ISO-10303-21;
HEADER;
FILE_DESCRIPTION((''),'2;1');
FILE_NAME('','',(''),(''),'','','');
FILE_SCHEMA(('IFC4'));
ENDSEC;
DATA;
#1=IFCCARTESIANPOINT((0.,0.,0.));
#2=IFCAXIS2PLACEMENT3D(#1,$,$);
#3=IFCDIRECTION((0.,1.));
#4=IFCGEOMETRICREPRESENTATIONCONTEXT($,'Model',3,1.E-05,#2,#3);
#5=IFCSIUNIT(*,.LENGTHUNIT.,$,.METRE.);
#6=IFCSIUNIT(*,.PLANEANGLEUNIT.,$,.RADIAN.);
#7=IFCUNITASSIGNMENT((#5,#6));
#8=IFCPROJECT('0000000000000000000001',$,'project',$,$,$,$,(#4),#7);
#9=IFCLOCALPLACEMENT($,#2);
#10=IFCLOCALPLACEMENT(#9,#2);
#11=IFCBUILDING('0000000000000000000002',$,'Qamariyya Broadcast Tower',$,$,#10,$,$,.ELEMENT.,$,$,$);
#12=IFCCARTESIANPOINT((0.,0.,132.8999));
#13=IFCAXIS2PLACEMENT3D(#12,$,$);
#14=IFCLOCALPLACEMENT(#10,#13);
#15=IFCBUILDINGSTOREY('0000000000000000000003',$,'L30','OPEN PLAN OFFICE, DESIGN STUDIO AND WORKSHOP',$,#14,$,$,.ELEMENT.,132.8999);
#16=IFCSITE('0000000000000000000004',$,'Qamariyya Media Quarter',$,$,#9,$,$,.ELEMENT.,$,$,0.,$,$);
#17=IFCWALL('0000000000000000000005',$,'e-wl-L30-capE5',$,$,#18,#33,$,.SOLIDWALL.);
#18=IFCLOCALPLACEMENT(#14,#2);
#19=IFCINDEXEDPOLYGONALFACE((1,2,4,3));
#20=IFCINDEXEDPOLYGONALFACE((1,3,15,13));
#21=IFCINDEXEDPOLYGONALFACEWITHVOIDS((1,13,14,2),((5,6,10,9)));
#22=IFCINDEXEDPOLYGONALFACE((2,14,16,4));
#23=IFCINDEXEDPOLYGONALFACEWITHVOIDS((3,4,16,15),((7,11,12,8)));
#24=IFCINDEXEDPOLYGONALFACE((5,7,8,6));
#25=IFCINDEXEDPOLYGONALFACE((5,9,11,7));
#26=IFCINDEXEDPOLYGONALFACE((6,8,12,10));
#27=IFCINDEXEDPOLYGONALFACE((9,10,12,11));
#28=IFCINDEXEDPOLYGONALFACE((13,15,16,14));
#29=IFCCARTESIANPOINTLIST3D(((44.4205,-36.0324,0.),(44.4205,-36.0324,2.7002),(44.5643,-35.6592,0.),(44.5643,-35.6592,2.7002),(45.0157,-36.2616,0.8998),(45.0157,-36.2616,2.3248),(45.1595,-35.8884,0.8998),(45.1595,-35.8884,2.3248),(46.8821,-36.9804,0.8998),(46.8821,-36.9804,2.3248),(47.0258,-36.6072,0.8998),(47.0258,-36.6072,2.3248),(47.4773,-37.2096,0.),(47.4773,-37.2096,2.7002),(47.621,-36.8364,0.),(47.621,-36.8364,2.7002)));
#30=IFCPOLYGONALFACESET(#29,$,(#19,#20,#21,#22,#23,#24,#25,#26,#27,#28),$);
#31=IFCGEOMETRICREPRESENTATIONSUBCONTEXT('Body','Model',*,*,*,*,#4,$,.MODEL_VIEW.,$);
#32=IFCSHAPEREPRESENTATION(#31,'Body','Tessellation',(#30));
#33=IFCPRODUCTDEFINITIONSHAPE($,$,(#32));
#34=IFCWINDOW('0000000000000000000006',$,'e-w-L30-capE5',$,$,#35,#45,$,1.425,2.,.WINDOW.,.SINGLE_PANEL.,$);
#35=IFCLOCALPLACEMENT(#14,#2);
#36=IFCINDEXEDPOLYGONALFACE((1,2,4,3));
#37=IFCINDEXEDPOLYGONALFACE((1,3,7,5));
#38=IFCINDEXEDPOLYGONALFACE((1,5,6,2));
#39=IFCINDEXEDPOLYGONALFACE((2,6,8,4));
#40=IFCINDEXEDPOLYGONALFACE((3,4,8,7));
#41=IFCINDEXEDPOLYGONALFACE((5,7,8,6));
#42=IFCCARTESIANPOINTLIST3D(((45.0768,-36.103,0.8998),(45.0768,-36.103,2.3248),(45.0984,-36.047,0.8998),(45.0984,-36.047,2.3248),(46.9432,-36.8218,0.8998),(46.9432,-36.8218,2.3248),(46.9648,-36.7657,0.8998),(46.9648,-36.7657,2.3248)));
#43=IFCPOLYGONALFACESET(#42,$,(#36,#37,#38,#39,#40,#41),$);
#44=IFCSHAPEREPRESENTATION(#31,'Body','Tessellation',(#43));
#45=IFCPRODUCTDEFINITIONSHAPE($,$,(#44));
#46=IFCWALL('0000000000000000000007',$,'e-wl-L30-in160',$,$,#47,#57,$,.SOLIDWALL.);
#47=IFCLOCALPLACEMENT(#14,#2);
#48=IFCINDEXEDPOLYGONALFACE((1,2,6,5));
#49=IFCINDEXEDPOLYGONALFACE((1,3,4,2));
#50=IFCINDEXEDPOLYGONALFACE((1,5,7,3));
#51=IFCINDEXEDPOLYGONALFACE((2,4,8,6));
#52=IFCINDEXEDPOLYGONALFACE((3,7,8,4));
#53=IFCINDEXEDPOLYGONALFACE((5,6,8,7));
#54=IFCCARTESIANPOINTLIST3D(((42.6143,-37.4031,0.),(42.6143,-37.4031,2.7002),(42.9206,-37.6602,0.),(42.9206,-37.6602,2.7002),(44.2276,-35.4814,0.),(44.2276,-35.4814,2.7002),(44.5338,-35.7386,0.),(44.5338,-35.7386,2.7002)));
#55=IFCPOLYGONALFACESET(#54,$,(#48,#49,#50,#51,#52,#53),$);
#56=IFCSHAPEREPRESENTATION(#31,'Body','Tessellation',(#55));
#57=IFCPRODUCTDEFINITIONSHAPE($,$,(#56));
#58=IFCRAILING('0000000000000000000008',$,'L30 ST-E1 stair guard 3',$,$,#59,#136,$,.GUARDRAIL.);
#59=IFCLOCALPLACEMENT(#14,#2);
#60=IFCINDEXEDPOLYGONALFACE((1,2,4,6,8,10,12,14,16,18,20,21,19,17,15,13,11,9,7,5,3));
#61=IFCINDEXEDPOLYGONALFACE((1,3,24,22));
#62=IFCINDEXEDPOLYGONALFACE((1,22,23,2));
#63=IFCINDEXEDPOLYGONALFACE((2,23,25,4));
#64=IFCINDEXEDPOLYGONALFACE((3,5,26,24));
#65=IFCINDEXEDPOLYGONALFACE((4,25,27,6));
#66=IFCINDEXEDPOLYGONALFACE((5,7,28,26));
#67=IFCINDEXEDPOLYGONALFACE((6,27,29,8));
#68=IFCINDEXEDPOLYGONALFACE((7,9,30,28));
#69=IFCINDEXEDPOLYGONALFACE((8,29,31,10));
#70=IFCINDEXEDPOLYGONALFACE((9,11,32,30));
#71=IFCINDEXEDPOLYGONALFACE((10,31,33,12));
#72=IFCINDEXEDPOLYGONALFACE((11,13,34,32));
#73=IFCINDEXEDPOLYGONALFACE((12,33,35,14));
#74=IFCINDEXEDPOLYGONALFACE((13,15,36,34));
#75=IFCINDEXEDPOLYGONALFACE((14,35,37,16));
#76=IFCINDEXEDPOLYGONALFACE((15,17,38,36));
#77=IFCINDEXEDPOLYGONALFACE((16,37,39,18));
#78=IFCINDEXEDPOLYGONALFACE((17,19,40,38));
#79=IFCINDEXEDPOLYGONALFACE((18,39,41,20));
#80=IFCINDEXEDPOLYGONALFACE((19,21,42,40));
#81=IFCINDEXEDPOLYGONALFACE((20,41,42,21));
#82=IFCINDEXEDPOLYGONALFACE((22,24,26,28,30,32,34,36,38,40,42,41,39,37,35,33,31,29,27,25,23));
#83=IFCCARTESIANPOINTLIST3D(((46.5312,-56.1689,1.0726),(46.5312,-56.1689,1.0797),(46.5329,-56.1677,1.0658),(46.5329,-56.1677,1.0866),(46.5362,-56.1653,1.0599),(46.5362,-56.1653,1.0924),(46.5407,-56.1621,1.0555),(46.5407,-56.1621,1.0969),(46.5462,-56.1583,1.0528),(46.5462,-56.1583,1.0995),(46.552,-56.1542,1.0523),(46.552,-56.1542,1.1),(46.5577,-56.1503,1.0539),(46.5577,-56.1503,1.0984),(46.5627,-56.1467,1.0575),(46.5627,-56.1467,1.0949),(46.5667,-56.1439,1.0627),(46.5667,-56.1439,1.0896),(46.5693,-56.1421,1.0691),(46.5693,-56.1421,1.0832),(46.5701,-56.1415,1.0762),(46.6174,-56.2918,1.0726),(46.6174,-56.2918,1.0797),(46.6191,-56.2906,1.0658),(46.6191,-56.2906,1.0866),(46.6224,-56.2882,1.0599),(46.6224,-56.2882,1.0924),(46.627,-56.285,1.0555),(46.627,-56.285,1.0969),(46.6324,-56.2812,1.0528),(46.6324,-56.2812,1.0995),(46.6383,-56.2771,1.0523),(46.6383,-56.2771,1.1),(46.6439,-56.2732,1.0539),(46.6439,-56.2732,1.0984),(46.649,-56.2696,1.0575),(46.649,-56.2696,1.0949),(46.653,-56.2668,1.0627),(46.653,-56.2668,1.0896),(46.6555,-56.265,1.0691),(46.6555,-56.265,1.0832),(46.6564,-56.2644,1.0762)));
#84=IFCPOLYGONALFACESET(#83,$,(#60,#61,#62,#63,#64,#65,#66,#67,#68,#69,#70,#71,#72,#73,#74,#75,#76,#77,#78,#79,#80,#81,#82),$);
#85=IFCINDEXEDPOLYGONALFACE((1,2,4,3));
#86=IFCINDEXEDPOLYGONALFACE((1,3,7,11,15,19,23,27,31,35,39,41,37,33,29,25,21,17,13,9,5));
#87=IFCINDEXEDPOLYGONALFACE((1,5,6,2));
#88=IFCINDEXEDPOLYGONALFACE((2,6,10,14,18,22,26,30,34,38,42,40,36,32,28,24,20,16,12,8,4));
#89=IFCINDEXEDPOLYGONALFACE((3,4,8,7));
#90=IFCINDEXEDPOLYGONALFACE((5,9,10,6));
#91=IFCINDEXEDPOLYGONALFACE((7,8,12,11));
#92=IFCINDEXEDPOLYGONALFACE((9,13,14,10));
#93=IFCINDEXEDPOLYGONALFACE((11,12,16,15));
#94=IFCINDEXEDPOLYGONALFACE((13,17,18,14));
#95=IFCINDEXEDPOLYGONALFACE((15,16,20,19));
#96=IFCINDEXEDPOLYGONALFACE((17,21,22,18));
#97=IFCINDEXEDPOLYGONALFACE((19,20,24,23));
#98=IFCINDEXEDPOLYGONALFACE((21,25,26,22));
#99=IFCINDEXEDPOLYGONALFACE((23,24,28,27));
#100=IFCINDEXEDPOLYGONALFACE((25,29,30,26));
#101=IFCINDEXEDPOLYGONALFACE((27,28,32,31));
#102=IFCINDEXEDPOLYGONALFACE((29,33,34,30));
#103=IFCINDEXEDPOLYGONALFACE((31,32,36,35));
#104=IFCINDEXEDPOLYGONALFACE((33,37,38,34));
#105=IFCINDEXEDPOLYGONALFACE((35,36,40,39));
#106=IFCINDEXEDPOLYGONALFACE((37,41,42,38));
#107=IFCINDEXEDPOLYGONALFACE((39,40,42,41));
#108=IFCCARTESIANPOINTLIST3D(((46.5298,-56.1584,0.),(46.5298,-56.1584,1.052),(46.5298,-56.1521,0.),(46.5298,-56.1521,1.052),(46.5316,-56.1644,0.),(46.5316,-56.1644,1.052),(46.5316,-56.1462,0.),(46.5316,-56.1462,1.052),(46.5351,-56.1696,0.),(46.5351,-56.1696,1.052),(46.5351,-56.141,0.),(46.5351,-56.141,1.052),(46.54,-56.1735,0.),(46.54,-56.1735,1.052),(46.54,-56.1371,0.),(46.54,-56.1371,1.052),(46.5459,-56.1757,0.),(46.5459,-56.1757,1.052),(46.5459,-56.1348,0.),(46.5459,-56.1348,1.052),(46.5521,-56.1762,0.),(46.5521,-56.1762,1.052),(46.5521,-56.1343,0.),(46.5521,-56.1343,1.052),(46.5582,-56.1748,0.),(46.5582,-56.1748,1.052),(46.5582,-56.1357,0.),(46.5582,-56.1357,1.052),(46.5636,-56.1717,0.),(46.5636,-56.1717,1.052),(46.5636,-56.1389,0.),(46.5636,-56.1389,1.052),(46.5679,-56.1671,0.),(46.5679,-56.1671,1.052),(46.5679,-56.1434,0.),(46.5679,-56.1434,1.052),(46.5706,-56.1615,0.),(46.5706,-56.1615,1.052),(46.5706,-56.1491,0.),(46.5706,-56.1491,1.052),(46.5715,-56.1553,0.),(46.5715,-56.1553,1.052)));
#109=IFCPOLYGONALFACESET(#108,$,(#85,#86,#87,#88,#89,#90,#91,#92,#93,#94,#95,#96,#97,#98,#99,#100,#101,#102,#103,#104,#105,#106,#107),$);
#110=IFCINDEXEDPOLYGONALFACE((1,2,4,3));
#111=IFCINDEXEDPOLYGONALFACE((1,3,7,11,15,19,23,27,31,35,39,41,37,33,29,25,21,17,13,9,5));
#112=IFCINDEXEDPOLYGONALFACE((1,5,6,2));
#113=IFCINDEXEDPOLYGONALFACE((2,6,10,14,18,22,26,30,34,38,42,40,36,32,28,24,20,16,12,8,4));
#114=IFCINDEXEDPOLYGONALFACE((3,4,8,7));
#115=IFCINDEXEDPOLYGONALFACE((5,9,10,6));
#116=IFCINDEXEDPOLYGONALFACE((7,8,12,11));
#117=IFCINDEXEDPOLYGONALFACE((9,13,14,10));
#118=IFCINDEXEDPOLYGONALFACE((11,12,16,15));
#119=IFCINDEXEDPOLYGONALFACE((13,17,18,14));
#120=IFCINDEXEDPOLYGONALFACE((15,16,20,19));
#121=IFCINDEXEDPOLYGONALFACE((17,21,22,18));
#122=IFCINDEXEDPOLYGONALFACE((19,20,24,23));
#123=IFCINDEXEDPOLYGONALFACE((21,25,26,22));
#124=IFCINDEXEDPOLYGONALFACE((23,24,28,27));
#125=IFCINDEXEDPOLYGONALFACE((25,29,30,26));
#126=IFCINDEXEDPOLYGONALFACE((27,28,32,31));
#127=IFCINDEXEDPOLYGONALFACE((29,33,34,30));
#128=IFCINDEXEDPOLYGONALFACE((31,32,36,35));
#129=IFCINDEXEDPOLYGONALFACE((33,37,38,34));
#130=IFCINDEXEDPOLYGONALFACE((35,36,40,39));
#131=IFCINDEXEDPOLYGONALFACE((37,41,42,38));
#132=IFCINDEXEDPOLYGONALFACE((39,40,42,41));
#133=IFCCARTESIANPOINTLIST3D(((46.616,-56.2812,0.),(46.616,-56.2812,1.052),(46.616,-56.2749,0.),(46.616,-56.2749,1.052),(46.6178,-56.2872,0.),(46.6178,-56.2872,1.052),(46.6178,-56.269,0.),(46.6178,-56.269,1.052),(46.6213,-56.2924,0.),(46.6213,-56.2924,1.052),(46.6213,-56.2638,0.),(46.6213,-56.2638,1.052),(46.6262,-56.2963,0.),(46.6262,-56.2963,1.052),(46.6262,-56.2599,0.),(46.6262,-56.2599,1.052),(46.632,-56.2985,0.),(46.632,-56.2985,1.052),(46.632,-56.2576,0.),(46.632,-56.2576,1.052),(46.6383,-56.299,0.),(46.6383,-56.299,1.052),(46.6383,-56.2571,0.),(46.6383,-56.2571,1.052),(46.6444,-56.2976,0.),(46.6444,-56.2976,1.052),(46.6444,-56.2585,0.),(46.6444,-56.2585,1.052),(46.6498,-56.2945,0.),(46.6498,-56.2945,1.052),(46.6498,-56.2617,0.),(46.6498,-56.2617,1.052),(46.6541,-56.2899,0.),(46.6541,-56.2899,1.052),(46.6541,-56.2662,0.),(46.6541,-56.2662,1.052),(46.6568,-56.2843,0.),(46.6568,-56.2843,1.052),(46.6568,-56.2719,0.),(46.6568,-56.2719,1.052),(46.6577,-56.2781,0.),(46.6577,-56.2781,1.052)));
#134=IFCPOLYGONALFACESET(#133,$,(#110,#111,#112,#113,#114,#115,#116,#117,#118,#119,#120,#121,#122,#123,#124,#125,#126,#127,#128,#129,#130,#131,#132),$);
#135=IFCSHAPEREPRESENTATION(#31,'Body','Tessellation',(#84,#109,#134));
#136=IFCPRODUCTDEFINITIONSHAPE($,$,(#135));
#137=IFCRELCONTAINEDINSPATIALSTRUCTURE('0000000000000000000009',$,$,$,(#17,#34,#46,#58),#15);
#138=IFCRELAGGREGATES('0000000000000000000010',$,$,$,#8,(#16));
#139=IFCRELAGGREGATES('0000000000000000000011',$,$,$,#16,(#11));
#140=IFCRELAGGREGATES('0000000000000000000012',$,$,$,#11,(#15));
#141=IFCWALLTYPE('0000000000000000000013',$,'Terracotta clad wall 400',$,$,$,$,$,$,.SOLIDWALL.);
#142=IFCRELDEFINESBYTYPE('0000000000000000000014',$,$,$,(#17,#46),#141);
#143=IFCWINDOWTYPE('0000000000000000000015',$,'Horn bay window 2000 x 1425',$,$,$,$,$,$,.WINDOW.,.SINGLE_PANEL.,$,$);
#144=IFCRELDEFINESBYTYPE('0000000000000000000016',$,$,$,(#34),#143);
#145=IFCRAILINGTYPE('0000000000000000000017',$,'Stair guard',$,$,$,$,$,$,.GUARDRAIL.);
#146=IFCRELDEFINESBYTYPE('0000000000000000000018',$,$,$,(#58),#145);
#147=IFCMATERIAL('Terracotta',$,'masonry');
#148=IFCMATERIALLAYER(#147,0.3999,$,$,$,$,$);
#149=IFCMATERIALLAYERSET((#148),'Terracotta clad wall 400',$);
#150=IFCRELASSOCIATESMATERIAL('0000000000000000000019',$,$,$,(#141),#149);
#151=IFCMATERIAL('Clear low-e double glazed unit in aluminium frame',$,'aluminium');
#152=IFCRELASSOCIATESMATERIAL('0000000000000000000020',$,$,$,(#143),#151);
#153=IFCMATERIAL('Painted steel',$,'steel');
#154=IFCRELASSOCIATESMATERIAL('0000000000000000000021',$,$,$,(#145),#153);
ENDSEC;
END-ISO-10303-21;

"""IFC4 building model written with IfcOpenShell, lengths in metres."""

from ifc_helpers import new_model, si_unit, direction, frame, frame_2d, origin, origin_2d, place, context, subcontext, project, spatial, rectangle, circle, extrude, material, layer, layer_set, type_object, element, fill, save


model = new_model("IFC4")

# Units and contexts
model_context = context("Model", 3, precision=1e-05, world=origin(), true_north=direction((0.0, 1.0)))
body_context = subcontext(model_context, "Body", "Model", "MODEL_VIEW")
ifc_project = project(units=[si_unit("LENGTHUNIT", "METRE"), si_unit("PLANEANGLEUNIT", "RADIAN")], contexts=[model_context])

# Site, building, storey
site_placement = place(None, origin())
site = spatial("IfcSite", under=ifc_project, at=site_placement, Name="Qamariyya Media Quarter", CompositionType="ELEMENT", RefElevation=0.0)
building_placement = place(site_placement, origin())
building = spatial("IfcBuilding", under=site, at=building_placement, Name="Qamariyya Broadcast Tower", CompositionType="ELEMENT")
storey_placement = place(building_placement, frame((0.0, 0.0, 132.8999)))
storey = spatial("IfcBuildingStorey", under=building, at=storey_placement, Name="L30", Description="OPEN PLAN OFFICE, DESIGN STUDIO AND WORKSHOP", CompositionType="ELEMENT", Elevation=132.8999)

# Wall, opening, window
ifc_material_1 = material(Name="Terracotta", Category="masonry")
ifc_layer = layer(ifc_material_1, 0.3999)
ifc_layer_set = layer_set([ifc_layer], Name="Terracotta clad wall 400")
wall_type = type_object("IfcWallType", Name="Terracotta clad wall 400", PredefinedType="SOLIDWALL", material=ifc_layer_set)
ifc_material_2 = material(Name="Clear low-e double glazed unit in aluminium frame", Category="aluminium")
window_type = type_object("IfcWindowType", Name="Horn bay window 2000 x 1425", PartitioningType="SINGLE_PANEL", PredefinedType="WINDOW", material=ifc_material_2)
wall_1_placement = place(storey_placement, frame((47.5491, -37.0229, 0.0), z_axis=(0.0, 0.0, 1.0), x_axis=(-0.93319, 0.359384, 0.0)))
wall_1 = element("IfcWall", 1, at=wall_1_placement, inside=storey, type_object=wall_type, Name="e-wl-L30-capE5", PredefinedType="SOLIDWALL", context=body_context, shape_type="SweptSolid", body=[
    extrude(rectangle(XDim=3.2756, YDim=0.3999, at=frame_2d((1.6377, 0.0))), origin(), (0.0, 0.0, 1.0), 2.7002),
])
opening_1_placement = place(wall_1_placement, frame((0.6377, 0.0, 0.8999)))
opening_1 = element("IfcOpeningElement", 2, at=opening_1_placement, cuts=wall_1, PredefinedType="OPENING", context=body_context, shape_type="SweptSolid", body=[
    extrude(rectangle(XDim=2.0, YDim=1.425, at=frame_2d((1.0, 0.7124))), frame((0.0, 0.21, 0.0), z_axis=(0.0, -1.0, 0.0), x_axis=(1.0, 0.0, 0.0)), (0.0, 0.0, 1.0), 0.4199),
])
window_1_placement = place(opening_1_placement, origin())
window_1 = element("IfcWindow", 3, at=window_1_placement, inside=storey, type_object=window_type, Name="e-w-L30-capE5", OverallHeight=1.425, OverallWidth=2.0, PartitioningType="SINGLE_PANEL", PredefinedType="WINDOW", context=body_context, shape_type="SweptSolid", body=[
    extrude(rectangle(XDim=2.0, YDim=1.425, at=frame_2d((1.0, 0.7124))), frame((0.0, 0.03, 0.0), z_axis=(0.0, -1.0, 0.0), x_axis=(1.0, 0.0, 0.0)), (0.0, 0.0, 1.0), 0.0601),
])
fill(opening_1, window_1)

# Wall
wall_2_placement = place(storey_placement, frame((44.3806, -35.6101, 0.0), z_axis=(0.0, 0.0, 1.0), x_axis=(-0.642984, -0.765879, 0.0)))
element("IfcWall", 4, at=wall_2_placement, inside=storey, type_object=wall_type, Name="e-wl-L30-in160", PredefinedType="SOLIDWALL", context=body_context, shape_type="SweptSolid", body=[
    extrude(rectangle(XDim=2.509, YDim=0.3999, at=frame_2d((1.2544, 0.0))), origin(), (0.0, 0.0, 1.0), 2.7002),
])

# Railing
ifc_material_3 = material(Name="Painted steel", Category="steel")
railing_type_1 = type_object("IfcRailingType", Name="Stair guard", PredefinedType="GUARDRAIL", material=ifc_material_3)
railing_1_placement = place(storey_placement, frame((46.5505, -56.1553, 0.0)))
element("IfcRailing", 5, at=railing_1_placement, inside=storey, type_object=railing_type_1, Name="L30 ST-E1 stair guard 3", PredefinedType="GUARDRAIL", context=body_context, shape_type="SweptSolid", body=[
    extrude(circle(Radius=0.0239, at=origin_2d()), frame((0.0, 0.0, 1.0762), z_axis=(0.574445, -0.818543, 0.0), x_axis=(0.818543, 0.574445, 0.0)), (0.0, 0.0, 1.0), 0.1501),
    extrude(circle(Radius=0.021, at=origin_2d()), origin(), (0.0, 0.0, 1.0), 1.052),
    extrude(circle(Radius=0.021, at=origin_2d()), frame((0.0862, -0.1228, 0.0)), (0.0, 0.0, 1.0), 1.052),
])

save(model, "model.ifc")
